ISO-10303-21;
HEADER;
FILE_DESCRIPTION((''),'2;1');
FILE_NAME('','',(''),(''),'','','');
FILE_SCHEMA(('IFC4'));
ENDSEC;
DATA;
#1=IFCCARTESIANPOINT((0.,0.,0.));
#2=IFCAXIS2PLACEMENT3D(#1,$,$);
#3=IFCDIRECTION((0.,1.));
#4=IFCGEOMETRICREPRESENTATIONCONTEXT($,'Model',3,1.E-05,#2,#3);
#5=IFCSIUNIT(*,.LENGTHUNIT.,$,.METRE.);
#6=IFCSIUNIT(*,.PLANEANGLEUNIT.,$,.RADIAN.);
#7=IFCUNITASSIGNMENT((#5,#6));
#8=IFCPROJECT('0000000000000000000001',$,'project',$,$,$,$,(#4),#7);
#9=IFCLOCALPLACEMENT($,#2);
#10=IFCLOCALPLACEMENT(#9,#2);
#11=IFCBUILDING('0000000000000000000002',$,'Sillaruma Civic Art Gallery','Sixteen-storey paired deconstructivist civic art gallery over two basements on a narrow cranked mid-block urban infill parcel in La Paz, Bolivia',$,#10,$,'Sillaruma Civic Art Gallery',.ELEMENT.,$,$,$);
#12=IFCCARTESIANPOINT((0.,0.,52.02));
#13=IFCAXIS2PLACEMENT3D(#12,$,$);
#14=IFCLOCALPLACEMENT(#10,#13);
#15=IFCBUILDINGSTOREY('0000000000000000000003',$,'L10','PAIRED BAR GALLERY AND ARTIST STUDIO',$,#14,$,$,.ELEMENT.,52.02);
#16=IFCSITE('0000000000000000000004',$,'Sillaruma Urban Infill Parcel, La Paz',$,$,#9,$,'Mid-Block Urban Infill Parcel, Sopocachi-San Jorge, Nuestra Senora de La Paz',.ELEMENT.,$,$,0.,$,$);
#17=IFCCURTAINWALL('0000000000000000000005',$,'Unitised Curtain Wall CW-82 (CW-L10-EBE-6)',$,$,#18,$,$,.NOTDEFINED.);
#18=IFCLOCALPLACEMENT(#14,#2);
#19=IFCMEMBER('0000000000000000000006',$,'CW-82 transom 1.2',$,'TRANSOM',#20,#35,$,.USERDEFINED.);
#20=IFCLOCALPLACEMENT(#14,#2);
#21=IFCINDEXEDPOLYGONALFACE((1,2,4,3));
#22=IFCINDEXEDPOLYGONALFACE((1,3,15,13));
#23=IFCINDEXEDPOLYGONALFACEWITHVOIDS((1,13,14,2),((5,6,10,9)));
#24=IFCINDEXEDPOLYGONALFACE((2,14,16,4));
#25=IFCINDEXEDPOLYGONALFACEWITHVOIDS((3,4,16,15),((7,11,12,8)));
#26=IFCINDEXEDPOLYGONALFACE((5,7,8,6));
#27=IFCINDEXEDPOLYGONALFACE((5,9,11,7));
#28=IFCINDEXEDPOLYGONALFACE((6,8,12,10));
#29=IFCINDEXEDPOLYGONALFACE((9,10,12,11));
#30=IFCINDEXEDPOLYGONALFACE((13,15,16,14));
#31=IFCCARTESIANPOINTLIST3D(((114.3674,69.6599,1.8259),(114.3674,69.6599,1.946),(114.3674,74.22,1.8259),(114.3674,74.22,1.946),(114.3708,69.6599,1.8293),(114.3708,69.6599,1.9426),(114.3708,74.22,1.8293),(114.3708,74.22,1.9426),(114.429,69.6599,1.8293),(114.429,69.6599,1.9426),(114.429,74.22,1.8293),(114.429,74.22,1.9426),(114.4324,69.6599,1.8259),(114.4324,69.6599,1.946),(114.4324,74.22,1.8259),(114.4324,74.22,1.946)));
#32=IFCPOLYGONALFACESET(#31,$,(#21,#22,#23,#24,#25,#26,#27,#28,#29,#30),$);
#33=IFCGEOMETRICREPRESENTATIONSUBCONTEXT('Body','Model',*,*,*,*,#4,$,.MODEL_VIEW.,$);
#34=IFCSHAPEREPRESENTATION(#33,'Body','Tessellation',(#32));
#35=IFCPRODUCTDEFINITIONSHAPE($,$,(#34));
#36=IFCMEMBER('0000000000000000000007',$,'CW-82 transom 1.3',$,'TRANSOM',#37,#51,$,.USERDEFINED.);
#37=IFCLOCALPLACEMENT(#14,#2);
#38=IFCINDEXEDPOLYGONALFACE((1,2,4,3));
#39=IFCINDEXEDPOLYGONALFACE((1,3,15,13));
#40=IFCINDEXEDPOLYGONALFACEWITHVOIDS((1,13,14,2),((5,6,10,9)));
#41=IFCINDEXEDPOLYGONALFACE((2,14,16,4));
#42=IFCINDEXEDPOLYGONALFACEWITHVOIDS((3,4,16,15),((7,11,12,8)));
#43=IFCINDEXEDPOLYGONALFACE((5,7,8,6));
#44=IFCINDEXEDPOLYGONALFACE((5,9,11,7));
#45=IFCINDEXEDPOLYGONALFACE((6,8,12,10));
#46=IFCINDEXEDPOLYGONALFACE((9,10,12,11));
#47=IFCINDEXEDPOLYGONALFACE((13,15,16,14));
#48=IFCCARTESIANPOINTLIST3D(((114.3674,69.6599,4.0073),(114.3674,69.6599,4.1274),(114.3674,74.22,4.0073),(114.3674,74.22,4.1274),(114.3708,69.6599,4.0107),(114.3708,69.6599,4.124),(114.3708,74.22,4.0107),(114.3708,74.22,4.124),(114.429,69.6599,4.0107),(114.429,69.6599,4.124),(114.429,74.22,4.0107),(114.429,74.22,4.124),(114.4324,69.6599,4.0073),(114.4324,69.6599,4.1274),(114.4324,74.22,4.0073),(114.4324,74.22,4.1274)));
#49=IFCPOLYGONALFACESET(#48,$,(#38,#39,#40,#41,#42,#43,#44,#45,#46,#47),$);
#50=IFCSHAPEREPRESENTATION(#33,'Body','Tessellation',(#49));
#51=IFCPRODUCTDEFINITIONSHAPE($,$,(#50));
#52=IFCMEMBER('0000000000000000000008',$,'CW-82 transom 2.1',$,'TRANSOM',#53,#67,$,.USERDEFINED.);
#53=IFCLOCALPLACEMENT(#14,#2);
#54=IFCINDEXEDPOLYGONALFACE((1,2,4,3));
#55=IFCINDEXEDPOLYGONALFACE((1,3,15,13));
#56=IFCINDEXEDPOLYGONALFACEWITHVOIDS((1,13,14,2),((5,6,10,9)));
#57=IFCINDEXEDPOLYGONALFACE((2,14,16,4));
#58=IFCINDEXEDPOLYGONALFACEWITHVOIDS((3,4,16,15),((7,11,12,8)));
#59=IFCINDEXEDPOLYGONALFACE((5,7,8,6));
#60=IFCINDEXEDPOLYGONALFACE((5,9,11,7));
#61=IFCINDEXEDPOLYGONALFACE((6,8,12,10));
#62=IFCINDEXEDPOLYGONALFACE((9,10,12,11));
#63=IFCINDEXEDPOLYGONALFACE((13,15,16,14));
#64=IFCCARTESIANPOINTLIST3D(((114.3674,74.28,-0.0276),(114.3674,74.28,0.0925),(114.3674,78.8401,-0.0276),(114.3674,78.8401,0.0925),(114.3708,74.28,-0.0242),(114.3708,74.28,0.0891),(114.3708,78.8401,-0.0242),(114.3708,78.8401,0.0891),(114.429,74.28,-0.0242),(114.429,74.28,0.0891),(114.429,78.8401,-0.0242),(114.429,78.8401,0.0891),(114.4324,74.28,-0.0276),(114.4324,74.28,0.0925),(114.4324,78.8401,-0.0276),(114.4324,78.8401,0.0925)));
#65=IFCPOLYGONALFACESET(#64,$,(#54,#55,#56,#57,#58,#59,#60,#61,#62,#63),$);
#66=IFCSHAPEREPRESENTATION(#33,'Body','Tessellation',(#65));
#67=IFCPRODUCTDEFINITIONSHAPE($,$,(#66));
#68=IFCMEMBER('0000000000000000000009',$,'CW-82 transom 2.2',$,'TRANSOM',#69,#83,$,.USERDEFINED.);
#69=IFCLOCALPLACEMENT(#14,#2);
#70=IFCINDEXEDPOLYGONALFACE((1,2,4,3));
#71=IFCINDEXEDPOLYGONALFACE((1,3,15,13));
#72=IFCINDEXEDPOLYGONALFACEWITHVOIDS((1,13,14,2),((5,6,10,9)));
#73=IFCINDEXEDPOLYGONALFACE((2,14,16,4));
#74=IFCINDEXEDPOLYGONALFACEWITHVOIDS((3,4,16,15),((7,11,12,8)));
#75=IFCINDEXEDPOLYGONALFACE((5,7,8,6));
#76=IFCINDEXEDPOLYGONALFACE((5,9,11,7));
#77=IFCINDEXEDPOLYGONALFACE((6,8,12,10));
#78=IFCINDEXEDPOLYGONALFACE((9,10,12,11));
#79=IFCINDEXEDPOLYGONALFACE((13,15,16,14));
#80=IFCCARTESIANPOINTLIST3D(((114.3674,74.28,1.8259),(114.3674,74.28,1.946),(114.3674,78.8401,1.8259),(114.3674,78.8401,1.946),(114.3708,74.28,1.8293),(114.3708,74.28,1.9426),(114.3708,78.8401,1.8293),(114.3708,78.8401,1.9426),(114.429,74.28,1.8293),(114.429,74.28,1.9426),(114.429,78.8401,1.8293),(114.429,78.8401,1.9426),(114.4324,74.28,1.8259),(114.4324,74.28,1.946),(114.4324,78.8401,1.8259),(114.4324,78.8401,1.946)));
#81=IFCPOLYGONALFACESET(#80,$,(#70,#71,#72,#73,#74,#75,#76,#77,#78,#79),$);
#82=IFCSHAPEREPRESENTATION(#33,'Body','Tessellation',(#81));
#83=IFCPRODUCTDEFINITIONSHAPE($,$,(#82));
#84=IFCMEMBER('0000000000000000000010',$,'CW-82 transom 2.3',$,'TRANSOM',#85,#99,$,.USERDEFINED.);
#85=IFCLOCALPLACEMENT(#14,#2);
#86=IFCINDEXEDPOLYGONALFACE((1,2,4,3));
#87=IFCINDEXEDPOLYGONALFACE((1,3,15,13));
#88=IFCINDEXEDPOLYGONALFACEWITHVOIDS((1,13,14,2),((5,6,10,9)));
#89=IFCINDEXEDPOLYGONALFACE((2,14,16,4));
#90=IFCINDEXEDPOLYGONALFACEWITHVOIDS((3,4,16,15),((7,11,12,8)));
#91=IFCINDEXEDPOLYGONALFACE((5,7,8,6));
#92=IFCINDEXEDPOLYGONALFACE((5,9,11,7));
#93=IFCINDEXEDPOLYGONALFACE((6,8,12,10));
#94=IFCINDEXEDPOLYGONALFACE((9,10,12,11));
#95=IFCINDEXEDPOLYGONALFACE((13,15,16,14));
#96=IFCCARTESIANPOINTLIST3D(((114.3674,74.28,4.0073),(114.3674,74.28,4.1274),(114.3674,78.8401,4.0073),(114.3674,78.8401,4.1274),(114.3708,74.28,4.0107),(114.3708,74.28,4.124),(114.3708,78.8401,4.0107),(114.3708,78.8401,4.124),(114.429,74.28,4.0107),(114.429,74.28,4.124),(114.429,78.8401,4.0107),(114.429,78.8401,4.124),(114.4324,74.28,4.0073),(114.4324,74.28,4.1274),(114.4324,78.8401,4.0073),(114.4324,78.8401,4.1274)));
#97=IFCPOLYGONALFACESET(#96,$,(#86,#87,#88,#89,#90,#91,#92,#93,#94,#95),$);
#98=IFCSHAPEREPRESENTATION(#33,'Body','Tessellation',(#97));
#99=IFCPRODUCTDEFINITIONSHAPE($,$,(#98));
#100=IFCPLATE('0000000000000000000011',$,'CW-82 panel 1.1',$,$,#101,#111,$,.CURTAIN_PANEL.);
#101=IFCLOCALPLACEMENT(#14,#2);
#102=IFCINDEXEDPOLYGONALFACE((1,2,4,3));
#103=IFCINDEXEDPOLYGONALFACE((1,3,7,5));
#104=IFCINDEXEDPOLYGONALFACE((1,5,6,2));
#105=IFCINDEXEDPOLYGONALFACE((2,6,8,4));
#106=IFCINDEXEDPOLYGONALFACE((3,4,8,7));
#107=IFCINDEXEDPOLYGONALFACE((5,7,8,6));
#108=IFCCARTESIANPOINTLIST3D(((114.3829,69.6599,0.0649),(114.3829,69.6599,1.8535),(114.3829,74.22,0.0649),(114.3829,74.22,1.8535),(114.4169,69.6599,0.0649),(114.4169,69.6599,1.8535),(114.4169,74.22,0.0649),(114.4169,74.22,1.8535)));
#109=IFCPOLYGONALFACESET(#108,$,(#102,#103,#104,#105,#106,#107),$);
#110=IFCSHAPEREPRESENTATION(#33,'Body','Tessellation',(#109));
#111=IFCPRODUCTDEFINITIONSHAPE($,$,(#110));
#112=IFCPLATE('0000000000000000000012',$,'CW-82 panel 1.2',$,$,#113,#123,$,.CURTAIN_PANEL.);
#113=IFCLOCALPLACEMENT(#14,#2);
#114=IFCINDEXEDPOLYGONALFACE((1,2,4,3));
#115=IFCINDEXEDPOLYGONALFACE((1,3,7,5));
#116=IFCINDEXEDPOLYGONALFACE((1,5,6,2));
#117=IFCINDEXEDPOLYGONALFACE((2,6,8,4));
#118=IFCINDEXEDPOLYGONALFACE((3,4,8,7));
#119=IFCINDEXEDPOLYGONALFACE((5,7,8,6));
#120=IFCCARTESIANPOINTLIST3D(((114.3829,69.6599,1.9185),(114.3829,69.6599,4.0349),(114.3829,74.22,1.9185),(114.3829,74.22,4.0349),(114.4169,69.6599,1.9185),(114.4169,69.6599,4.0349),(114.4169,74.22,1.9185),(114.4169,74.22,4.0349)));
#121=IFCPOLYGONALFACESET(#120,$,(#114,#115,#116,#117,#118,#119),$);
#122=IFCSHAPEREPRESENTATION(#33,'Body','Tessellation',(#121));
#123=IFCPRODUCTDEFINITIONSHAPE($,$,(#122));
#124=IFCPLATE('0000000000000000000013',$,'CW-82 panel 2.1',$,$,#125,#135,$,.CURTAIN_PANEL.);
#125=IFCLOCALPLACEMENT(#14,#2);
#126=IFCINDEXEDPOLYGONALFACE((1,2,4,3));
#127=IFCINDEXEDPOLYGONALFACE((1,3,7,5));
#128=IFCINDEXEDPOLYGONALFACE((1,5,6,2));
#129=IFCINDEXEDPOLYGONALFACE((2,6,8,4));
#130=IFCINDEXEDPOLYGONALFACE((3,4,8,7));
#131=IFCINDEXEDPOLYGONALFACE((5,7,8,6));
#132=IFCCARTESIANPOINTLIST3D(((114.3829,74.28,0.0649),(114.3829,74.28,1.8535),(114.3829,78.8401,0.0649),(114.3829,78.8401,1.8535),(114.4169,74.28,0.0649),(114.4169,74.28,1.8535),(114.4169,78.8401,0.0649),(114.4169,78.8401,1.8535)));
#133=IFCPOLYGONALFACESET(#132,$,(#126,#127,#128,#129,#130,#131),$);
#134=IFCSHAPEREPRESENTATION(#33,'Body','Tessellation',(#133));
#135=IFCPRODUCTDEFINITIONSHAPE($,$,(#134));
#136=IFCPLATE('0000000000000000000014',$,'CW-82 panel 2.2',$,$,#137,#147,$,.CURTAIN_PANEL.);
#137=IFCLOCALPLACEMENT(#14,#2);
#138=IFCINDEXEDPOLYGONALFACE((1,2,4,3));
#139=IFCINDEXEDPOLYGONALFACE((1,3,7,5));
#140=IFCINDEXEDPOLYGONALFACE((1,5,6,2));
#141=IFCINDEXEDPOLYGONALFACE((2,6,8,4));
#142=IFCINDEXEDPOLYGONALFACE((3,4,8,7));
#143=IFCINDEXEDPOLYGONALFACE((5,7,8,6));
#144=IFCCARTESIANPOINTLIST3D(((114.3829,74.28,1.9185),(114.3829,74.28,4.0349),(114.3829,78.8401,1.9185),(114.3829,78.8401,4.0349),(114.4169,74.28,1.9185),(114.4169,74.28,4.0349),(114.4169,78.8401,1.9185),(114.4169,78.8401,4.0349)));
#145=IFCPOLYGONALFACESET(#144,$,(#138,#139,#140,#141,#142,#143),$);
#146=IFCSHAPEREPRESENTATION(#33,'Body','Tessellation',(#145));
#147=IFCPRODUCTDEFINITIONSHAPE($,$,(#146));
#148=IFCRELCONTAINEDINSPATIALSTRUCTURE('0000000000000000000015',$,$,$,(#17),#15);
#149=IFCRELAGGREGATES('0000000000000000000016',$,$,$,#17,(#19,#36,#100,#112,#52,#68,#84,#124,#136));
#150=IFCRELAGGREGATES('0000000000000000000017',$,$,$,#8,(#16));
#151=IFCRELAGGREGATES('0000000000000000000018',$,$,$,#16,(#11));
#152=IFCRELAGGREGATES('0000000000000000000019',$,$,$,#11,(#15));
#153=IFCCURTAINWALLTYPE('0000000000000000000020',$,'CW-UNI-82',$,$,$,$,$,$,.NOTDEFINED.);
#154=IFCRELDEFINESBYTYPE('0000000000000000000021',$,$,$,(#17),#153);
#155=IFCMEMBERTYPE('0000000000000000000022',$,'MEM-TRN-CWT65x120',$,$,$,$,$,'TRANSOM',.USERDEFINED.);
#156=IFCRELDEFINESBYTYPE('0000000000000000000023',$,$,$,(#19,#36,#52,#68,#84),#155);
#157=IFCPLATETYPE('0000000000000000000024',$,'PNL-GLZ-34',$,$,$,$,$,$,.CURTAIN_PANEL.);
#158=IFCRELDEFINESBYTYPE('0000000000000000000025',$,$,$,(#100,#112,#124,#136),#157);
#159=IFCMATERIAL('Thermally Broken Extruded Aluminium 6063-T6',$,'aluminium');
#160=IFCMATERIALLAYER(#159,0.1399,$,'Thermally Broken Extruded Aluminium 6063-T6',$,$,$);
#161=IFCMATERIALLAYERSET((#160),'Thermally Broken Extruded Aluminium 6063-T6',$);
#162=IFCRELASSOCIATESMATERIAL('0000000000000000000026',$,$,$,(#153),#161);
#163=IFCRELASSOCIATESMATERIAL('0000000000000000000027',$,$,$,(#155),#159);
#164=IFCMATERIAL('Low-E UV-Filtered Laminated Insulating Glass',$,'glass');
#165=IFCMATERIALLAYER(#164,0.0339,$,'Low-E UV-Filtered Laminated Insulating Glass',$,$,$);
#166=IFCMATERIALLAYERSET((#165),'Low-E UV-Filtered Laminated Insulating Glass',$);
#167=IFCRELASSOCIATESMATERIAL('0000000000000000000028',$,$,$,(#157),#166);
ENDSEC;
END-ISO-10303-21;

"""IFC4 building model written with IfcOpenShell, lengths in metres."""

from ifc_helpers import new_model, si_unit, direction, frame, origin, origin_2d, place, context, subcontext, project, spatial, rectangle, hollow_rectangle, extrude, material, layer, layer_set, material_profile, profile_set, type_object, element, aggregate, save


model = new_model("IFC4")

# Units and contexts
model_context = context("Model", 3, precision=1e-05, world=origin(), true_north=direction((0.0, 1.0)))
body_context = subcontext(model_context, "Body", "Model", "MODEL_VIEW")
ifc_project = project(units=[si_unit("LENGTHUNIT", "METRE"), si_unit("PLANEANGLEUNIT", "RADIAN")], contexts=[model_context])

# Site, building, storey
site_placement = place(None, origin())
site = spatial("IfcSite", under=ifc_project, at=site_placement, Name="Sillaruma Urban Infill Parcel, La Paz", LongName="Mid-Block Urban Infill Parcel, Sopocachi-San Jorge, Nuestra Senora de La Paz", CompositionType="ELEMENT", RefElevation=0.0)
building_placement = place(site_placement, origin())
building = spatial("IfcBuilding", under=site, at=building_placement, Name="Sillaruma Civic Art Gallery", Description="Sixteen-storey paired deconstructivist civic art gallery over two basements on a narrow cranked mid-block urban infill parcel in La Paz, Bolivia", LongName="Sillaruma Civic Art Gallery", CompositionType="ELEMENT")
storey_placement = place(building_placement, frame((0.0, 0.0, 52.02)))
storey = spatial("IfcBuildingStorey", under=building, at=storey_placement, Name="L10", Description="PAIRED BAR GALLERY AND ARTIST STUDIO", CompositionType="ELEMENT", Elevation=52.02)

# Curtain wall, members, plates
ifc_material_1 = material(Name="Thermally Broken Extruded Aluminium 6063-T6", Category="aluminium")
ifc_layer_1 = layer(ifc_material_1, 0.1399, Name="Thermally Broken Extruded Aluminium 6063-T6")
ifc_layer_set_1 = layer_set([ifc_layer_1], Name="Thermally Broken Extruded Aluminium 6063-T6")
curtain_wall_type = type_object("IfcCurtainWallType", Name="CW-UNI-82", PredefinedType="NOTDEFINED", material=ifc_layer_set_1)
curtain_wall_placement = place(storey_placement, origin())
curtain_wall = element("IfcCurtainWall", 1, at=curtain_wall_placement, inside=storey, type_object=curtain_wall_type, Name="Unitised Curtain Wall CW-82 (CW-L10-EBE-6)", PredefinedType="NOTDEFINED")
ifc_material_profile_1 = material_profile(ifc_material_1, hollow_rectangle(XDim=0.0649, YDim=0.1201, WallThickness=0.0034, at=origin_2d()), Name="CWT65x120")
ifc_profile_set_1 = profile_set([ifc_material_profile_1], Name="Thermally Broken Extruded Aluminium 6063-T6")
member_type_1 = type_object("IfcMemberType", Name="MEM-TRN-CWT65x120", ElementType="TRANSOM", PredefinedType="USERDEFINED", material=ifc_profile_set_1)
member_1_placement = place(storey_placement, frame((114.3999, 69.6599, 1.886), z_axis=(0.0, 1.0, 0.0), x_axis=(-1.0, 0.0, 0.0)))
member_1 = element("IfcMember", 2, at=member_1_placement, type_object=member_type_1, Name="CW-82 transom 1.2", ObjectType="TRANSOM", PredefinedType="USERDEFINED", context=body_context, shape_type="SweptSolid", body=[
    extrude(hollow_rectangle(XDim=0.0649, YDim=0.1201, WallThickness=0.0034, at=origin_2d()), origin(), (0.0, 0.0, 1.0), 4.5601),
])
member_2_placement = place(storey_placement, frame((114.3999, 69.6599, 4.0674), z_axis=(0.0, 1.0, 0.0), x_axis=(-1.0, 0.0, 0.0)))
member_2 = element("IfcMember", 3, at=member_2_placement, type_object=member_type_1, Name="CW-82 transom 1.3", ObjectType="TRANSOM", PredefinedType="USERDEFINED", context=body_context, shape_type="SweptSolid", body=[
    extrude(hollow_rectangle(XDim=0.0649, YDim=0.1201, WallThickness=0.0034, at=origin_2d()), origin(), (0.0, 0.0, 1.0), 4.5601),
])
member_3_placement = place(storey_placement, frame((114.3999, 74.28, 0.0325), z_axis=(0.0, 1.0, 0.0), x_axis=(-1.0, 0.0, 0.0)))
member_3 = element("IfcMember", 4, at=member_3_placement, type_object=member_type_1, Name="CW-82 transom 2.1", ObjectType="TRANSOM", PredefinedType="USERDEFINED", context=body_context, shape_type="SweptSolid", body=[
    extrude(hollow_rectangle(XDim=0.0649, YDim=0.1201, WallThickness=0.0034, at=origin_2d()), origin(), (0.0, 0.0, 1.0), 4.5601),
])
member_4_placement = place(storey_placement, frame((114.3999, 74.28, 1.886), z_axis=(0.0, 1.0, 0.0), x_axis=(-1.0, 0.0, 0.0)))
member_4 = element("IfcMember", 5, at=member_4_placement, type_object=member_type_1, Name="CW-82 transom 2.2", ObjectType="TRANSOM", PredefinedType="USERDEFINED", context=body_context, shape_type="SweptSolid", body=[
    extrude(hollow_rectangle(XDim=0.0649, YDim=0.1201, WallThickness=0.0034, at=origin_2d()), origin(), (0.0, 0.0, 1.0), 4.5601),
])
member_5_placement = place(storey_placement, frame((114.3999, 74.28, 4.0674), z_axis=(0.0, 1.0, 0.0), x_axis=(-1.0, 0.0, 0.0)))
member_5 = element("IfcMember", 6, at=member_5_placement, type_object=member_type_1, Name="CW-82 transom 2.3", ObjectType="TRANSOM", PredefinedType="USERDEFINED", context=body_context, shape_type="SweptSolid", body=[
    extrude(hollow_rectangle(XDim=0.0649, YDim=0.1201, WallThickness=0.0034, at=origin_2d()), origin(), (0.0, 0.0, 1.0), 4.5601),
])
ifc_material_2 = material(Name="Low-E UV-Filtered Laminated Insulating Glass", Category="glass")
ifc_layer_2 = layer(ifc_material_2, 0.0339, Name="Low-E UV-Filtered Laminated Insulating Glass")
ifc_layer_set_2 = layer_set([ifc_layer_2], Name="Low-E UV-Filtered Laminated Insulating Glass")
plate_type = type_object("IfcPlateType", Name="PNL-GLZ-34", PredefinedType="CURTAIN_PANEL", material=ifc_layer_set_2)
plate_1_placement = place(storey_placement, frame((114.3999, 71.9399, 0.0649), z_axis=(0.0, 0.0, 1.0), x_axis=(0.0, 1.0, 0.0)))
plate_1 = element("IfcPlate", 7, at=plate_1_placement, type_object=plate_type, Name="CW-82 panel 1.1", PredefinedType="CURTAIN_PANEL", context=body_context, shape_type="SweptSolid", body=[
    extrude(rectangle(XDim=4.5601, YDim=0.0339, at=origin_2d()), origin(), (0.0, 0.0, 1.0), 1.7886),
])
plate_2_placement = place(storey_placement, frame((114.3999, 71.9399, 1.9185), z_axis=(0.0, 0.0, 1.0), x_axis=(0.0, 1.0, 0.0)))
plate_2 = element("IfcPlate", 8, at=plate_2_placement, type_object=plate_type, Name="CW-82 panel 1.2", PredefinedType="CURTAIN_PANEL", context=body_context, shape_type="SweptSolid", body=[
    extrude(rectangle(XDim=4.5601, YDim=0.0339, at=origin_2d()), origin(), (0.0, 0.0, 1.0), 2.1165),
])
plate_3_placement = place(storey_placement, frame((114.3999, 76.5601, 0.0649), z_axis=(0.0, 0.0, 1.0), x_axis=(0.0, 1.0, 0.0)))
plate_3 = element("IfcPlate", 9, at=plate_3_placement, type_object=plate_type, Name="CW-82 panel 2.1", PredefinedType="CURTAIN_PANEL", context=body_context, shape_type="SweptSolid", body=[
    extrude(rectangle(XDim=4.5601, YDim=0.0339, at=origin_2d()), origin(), (0.0, 0.0, 1.0), 1.7886),
])
plate_4_placement = place(storey_placement, frame((114.3999, 76.5601, 1.9185), z_axis=(0.0, 0.0, 1.0), x_axis=(0.0, 1.0, 0.0)))
plate_4 = element("IfcPlate", 10, at=plate_4_placement, type_object=plate_type, Name="CW-82 panel 2.2", PredefinedType="CURTAIN_PANEL", context=body_context, shape_type="SweptSolid", body=[
    extrude(rectangle(XDim=4.5601, YDim=0.0339, at=origin_2d()), origin(), (0.0, 0.0, 1.0), 2.1165),
])
aggregate(curtain_wall, [member_1, member_2, plate_1, plate_2, member_3, member_4, member_5, plate_3, plate_4])

save(model, "model.ifc")
